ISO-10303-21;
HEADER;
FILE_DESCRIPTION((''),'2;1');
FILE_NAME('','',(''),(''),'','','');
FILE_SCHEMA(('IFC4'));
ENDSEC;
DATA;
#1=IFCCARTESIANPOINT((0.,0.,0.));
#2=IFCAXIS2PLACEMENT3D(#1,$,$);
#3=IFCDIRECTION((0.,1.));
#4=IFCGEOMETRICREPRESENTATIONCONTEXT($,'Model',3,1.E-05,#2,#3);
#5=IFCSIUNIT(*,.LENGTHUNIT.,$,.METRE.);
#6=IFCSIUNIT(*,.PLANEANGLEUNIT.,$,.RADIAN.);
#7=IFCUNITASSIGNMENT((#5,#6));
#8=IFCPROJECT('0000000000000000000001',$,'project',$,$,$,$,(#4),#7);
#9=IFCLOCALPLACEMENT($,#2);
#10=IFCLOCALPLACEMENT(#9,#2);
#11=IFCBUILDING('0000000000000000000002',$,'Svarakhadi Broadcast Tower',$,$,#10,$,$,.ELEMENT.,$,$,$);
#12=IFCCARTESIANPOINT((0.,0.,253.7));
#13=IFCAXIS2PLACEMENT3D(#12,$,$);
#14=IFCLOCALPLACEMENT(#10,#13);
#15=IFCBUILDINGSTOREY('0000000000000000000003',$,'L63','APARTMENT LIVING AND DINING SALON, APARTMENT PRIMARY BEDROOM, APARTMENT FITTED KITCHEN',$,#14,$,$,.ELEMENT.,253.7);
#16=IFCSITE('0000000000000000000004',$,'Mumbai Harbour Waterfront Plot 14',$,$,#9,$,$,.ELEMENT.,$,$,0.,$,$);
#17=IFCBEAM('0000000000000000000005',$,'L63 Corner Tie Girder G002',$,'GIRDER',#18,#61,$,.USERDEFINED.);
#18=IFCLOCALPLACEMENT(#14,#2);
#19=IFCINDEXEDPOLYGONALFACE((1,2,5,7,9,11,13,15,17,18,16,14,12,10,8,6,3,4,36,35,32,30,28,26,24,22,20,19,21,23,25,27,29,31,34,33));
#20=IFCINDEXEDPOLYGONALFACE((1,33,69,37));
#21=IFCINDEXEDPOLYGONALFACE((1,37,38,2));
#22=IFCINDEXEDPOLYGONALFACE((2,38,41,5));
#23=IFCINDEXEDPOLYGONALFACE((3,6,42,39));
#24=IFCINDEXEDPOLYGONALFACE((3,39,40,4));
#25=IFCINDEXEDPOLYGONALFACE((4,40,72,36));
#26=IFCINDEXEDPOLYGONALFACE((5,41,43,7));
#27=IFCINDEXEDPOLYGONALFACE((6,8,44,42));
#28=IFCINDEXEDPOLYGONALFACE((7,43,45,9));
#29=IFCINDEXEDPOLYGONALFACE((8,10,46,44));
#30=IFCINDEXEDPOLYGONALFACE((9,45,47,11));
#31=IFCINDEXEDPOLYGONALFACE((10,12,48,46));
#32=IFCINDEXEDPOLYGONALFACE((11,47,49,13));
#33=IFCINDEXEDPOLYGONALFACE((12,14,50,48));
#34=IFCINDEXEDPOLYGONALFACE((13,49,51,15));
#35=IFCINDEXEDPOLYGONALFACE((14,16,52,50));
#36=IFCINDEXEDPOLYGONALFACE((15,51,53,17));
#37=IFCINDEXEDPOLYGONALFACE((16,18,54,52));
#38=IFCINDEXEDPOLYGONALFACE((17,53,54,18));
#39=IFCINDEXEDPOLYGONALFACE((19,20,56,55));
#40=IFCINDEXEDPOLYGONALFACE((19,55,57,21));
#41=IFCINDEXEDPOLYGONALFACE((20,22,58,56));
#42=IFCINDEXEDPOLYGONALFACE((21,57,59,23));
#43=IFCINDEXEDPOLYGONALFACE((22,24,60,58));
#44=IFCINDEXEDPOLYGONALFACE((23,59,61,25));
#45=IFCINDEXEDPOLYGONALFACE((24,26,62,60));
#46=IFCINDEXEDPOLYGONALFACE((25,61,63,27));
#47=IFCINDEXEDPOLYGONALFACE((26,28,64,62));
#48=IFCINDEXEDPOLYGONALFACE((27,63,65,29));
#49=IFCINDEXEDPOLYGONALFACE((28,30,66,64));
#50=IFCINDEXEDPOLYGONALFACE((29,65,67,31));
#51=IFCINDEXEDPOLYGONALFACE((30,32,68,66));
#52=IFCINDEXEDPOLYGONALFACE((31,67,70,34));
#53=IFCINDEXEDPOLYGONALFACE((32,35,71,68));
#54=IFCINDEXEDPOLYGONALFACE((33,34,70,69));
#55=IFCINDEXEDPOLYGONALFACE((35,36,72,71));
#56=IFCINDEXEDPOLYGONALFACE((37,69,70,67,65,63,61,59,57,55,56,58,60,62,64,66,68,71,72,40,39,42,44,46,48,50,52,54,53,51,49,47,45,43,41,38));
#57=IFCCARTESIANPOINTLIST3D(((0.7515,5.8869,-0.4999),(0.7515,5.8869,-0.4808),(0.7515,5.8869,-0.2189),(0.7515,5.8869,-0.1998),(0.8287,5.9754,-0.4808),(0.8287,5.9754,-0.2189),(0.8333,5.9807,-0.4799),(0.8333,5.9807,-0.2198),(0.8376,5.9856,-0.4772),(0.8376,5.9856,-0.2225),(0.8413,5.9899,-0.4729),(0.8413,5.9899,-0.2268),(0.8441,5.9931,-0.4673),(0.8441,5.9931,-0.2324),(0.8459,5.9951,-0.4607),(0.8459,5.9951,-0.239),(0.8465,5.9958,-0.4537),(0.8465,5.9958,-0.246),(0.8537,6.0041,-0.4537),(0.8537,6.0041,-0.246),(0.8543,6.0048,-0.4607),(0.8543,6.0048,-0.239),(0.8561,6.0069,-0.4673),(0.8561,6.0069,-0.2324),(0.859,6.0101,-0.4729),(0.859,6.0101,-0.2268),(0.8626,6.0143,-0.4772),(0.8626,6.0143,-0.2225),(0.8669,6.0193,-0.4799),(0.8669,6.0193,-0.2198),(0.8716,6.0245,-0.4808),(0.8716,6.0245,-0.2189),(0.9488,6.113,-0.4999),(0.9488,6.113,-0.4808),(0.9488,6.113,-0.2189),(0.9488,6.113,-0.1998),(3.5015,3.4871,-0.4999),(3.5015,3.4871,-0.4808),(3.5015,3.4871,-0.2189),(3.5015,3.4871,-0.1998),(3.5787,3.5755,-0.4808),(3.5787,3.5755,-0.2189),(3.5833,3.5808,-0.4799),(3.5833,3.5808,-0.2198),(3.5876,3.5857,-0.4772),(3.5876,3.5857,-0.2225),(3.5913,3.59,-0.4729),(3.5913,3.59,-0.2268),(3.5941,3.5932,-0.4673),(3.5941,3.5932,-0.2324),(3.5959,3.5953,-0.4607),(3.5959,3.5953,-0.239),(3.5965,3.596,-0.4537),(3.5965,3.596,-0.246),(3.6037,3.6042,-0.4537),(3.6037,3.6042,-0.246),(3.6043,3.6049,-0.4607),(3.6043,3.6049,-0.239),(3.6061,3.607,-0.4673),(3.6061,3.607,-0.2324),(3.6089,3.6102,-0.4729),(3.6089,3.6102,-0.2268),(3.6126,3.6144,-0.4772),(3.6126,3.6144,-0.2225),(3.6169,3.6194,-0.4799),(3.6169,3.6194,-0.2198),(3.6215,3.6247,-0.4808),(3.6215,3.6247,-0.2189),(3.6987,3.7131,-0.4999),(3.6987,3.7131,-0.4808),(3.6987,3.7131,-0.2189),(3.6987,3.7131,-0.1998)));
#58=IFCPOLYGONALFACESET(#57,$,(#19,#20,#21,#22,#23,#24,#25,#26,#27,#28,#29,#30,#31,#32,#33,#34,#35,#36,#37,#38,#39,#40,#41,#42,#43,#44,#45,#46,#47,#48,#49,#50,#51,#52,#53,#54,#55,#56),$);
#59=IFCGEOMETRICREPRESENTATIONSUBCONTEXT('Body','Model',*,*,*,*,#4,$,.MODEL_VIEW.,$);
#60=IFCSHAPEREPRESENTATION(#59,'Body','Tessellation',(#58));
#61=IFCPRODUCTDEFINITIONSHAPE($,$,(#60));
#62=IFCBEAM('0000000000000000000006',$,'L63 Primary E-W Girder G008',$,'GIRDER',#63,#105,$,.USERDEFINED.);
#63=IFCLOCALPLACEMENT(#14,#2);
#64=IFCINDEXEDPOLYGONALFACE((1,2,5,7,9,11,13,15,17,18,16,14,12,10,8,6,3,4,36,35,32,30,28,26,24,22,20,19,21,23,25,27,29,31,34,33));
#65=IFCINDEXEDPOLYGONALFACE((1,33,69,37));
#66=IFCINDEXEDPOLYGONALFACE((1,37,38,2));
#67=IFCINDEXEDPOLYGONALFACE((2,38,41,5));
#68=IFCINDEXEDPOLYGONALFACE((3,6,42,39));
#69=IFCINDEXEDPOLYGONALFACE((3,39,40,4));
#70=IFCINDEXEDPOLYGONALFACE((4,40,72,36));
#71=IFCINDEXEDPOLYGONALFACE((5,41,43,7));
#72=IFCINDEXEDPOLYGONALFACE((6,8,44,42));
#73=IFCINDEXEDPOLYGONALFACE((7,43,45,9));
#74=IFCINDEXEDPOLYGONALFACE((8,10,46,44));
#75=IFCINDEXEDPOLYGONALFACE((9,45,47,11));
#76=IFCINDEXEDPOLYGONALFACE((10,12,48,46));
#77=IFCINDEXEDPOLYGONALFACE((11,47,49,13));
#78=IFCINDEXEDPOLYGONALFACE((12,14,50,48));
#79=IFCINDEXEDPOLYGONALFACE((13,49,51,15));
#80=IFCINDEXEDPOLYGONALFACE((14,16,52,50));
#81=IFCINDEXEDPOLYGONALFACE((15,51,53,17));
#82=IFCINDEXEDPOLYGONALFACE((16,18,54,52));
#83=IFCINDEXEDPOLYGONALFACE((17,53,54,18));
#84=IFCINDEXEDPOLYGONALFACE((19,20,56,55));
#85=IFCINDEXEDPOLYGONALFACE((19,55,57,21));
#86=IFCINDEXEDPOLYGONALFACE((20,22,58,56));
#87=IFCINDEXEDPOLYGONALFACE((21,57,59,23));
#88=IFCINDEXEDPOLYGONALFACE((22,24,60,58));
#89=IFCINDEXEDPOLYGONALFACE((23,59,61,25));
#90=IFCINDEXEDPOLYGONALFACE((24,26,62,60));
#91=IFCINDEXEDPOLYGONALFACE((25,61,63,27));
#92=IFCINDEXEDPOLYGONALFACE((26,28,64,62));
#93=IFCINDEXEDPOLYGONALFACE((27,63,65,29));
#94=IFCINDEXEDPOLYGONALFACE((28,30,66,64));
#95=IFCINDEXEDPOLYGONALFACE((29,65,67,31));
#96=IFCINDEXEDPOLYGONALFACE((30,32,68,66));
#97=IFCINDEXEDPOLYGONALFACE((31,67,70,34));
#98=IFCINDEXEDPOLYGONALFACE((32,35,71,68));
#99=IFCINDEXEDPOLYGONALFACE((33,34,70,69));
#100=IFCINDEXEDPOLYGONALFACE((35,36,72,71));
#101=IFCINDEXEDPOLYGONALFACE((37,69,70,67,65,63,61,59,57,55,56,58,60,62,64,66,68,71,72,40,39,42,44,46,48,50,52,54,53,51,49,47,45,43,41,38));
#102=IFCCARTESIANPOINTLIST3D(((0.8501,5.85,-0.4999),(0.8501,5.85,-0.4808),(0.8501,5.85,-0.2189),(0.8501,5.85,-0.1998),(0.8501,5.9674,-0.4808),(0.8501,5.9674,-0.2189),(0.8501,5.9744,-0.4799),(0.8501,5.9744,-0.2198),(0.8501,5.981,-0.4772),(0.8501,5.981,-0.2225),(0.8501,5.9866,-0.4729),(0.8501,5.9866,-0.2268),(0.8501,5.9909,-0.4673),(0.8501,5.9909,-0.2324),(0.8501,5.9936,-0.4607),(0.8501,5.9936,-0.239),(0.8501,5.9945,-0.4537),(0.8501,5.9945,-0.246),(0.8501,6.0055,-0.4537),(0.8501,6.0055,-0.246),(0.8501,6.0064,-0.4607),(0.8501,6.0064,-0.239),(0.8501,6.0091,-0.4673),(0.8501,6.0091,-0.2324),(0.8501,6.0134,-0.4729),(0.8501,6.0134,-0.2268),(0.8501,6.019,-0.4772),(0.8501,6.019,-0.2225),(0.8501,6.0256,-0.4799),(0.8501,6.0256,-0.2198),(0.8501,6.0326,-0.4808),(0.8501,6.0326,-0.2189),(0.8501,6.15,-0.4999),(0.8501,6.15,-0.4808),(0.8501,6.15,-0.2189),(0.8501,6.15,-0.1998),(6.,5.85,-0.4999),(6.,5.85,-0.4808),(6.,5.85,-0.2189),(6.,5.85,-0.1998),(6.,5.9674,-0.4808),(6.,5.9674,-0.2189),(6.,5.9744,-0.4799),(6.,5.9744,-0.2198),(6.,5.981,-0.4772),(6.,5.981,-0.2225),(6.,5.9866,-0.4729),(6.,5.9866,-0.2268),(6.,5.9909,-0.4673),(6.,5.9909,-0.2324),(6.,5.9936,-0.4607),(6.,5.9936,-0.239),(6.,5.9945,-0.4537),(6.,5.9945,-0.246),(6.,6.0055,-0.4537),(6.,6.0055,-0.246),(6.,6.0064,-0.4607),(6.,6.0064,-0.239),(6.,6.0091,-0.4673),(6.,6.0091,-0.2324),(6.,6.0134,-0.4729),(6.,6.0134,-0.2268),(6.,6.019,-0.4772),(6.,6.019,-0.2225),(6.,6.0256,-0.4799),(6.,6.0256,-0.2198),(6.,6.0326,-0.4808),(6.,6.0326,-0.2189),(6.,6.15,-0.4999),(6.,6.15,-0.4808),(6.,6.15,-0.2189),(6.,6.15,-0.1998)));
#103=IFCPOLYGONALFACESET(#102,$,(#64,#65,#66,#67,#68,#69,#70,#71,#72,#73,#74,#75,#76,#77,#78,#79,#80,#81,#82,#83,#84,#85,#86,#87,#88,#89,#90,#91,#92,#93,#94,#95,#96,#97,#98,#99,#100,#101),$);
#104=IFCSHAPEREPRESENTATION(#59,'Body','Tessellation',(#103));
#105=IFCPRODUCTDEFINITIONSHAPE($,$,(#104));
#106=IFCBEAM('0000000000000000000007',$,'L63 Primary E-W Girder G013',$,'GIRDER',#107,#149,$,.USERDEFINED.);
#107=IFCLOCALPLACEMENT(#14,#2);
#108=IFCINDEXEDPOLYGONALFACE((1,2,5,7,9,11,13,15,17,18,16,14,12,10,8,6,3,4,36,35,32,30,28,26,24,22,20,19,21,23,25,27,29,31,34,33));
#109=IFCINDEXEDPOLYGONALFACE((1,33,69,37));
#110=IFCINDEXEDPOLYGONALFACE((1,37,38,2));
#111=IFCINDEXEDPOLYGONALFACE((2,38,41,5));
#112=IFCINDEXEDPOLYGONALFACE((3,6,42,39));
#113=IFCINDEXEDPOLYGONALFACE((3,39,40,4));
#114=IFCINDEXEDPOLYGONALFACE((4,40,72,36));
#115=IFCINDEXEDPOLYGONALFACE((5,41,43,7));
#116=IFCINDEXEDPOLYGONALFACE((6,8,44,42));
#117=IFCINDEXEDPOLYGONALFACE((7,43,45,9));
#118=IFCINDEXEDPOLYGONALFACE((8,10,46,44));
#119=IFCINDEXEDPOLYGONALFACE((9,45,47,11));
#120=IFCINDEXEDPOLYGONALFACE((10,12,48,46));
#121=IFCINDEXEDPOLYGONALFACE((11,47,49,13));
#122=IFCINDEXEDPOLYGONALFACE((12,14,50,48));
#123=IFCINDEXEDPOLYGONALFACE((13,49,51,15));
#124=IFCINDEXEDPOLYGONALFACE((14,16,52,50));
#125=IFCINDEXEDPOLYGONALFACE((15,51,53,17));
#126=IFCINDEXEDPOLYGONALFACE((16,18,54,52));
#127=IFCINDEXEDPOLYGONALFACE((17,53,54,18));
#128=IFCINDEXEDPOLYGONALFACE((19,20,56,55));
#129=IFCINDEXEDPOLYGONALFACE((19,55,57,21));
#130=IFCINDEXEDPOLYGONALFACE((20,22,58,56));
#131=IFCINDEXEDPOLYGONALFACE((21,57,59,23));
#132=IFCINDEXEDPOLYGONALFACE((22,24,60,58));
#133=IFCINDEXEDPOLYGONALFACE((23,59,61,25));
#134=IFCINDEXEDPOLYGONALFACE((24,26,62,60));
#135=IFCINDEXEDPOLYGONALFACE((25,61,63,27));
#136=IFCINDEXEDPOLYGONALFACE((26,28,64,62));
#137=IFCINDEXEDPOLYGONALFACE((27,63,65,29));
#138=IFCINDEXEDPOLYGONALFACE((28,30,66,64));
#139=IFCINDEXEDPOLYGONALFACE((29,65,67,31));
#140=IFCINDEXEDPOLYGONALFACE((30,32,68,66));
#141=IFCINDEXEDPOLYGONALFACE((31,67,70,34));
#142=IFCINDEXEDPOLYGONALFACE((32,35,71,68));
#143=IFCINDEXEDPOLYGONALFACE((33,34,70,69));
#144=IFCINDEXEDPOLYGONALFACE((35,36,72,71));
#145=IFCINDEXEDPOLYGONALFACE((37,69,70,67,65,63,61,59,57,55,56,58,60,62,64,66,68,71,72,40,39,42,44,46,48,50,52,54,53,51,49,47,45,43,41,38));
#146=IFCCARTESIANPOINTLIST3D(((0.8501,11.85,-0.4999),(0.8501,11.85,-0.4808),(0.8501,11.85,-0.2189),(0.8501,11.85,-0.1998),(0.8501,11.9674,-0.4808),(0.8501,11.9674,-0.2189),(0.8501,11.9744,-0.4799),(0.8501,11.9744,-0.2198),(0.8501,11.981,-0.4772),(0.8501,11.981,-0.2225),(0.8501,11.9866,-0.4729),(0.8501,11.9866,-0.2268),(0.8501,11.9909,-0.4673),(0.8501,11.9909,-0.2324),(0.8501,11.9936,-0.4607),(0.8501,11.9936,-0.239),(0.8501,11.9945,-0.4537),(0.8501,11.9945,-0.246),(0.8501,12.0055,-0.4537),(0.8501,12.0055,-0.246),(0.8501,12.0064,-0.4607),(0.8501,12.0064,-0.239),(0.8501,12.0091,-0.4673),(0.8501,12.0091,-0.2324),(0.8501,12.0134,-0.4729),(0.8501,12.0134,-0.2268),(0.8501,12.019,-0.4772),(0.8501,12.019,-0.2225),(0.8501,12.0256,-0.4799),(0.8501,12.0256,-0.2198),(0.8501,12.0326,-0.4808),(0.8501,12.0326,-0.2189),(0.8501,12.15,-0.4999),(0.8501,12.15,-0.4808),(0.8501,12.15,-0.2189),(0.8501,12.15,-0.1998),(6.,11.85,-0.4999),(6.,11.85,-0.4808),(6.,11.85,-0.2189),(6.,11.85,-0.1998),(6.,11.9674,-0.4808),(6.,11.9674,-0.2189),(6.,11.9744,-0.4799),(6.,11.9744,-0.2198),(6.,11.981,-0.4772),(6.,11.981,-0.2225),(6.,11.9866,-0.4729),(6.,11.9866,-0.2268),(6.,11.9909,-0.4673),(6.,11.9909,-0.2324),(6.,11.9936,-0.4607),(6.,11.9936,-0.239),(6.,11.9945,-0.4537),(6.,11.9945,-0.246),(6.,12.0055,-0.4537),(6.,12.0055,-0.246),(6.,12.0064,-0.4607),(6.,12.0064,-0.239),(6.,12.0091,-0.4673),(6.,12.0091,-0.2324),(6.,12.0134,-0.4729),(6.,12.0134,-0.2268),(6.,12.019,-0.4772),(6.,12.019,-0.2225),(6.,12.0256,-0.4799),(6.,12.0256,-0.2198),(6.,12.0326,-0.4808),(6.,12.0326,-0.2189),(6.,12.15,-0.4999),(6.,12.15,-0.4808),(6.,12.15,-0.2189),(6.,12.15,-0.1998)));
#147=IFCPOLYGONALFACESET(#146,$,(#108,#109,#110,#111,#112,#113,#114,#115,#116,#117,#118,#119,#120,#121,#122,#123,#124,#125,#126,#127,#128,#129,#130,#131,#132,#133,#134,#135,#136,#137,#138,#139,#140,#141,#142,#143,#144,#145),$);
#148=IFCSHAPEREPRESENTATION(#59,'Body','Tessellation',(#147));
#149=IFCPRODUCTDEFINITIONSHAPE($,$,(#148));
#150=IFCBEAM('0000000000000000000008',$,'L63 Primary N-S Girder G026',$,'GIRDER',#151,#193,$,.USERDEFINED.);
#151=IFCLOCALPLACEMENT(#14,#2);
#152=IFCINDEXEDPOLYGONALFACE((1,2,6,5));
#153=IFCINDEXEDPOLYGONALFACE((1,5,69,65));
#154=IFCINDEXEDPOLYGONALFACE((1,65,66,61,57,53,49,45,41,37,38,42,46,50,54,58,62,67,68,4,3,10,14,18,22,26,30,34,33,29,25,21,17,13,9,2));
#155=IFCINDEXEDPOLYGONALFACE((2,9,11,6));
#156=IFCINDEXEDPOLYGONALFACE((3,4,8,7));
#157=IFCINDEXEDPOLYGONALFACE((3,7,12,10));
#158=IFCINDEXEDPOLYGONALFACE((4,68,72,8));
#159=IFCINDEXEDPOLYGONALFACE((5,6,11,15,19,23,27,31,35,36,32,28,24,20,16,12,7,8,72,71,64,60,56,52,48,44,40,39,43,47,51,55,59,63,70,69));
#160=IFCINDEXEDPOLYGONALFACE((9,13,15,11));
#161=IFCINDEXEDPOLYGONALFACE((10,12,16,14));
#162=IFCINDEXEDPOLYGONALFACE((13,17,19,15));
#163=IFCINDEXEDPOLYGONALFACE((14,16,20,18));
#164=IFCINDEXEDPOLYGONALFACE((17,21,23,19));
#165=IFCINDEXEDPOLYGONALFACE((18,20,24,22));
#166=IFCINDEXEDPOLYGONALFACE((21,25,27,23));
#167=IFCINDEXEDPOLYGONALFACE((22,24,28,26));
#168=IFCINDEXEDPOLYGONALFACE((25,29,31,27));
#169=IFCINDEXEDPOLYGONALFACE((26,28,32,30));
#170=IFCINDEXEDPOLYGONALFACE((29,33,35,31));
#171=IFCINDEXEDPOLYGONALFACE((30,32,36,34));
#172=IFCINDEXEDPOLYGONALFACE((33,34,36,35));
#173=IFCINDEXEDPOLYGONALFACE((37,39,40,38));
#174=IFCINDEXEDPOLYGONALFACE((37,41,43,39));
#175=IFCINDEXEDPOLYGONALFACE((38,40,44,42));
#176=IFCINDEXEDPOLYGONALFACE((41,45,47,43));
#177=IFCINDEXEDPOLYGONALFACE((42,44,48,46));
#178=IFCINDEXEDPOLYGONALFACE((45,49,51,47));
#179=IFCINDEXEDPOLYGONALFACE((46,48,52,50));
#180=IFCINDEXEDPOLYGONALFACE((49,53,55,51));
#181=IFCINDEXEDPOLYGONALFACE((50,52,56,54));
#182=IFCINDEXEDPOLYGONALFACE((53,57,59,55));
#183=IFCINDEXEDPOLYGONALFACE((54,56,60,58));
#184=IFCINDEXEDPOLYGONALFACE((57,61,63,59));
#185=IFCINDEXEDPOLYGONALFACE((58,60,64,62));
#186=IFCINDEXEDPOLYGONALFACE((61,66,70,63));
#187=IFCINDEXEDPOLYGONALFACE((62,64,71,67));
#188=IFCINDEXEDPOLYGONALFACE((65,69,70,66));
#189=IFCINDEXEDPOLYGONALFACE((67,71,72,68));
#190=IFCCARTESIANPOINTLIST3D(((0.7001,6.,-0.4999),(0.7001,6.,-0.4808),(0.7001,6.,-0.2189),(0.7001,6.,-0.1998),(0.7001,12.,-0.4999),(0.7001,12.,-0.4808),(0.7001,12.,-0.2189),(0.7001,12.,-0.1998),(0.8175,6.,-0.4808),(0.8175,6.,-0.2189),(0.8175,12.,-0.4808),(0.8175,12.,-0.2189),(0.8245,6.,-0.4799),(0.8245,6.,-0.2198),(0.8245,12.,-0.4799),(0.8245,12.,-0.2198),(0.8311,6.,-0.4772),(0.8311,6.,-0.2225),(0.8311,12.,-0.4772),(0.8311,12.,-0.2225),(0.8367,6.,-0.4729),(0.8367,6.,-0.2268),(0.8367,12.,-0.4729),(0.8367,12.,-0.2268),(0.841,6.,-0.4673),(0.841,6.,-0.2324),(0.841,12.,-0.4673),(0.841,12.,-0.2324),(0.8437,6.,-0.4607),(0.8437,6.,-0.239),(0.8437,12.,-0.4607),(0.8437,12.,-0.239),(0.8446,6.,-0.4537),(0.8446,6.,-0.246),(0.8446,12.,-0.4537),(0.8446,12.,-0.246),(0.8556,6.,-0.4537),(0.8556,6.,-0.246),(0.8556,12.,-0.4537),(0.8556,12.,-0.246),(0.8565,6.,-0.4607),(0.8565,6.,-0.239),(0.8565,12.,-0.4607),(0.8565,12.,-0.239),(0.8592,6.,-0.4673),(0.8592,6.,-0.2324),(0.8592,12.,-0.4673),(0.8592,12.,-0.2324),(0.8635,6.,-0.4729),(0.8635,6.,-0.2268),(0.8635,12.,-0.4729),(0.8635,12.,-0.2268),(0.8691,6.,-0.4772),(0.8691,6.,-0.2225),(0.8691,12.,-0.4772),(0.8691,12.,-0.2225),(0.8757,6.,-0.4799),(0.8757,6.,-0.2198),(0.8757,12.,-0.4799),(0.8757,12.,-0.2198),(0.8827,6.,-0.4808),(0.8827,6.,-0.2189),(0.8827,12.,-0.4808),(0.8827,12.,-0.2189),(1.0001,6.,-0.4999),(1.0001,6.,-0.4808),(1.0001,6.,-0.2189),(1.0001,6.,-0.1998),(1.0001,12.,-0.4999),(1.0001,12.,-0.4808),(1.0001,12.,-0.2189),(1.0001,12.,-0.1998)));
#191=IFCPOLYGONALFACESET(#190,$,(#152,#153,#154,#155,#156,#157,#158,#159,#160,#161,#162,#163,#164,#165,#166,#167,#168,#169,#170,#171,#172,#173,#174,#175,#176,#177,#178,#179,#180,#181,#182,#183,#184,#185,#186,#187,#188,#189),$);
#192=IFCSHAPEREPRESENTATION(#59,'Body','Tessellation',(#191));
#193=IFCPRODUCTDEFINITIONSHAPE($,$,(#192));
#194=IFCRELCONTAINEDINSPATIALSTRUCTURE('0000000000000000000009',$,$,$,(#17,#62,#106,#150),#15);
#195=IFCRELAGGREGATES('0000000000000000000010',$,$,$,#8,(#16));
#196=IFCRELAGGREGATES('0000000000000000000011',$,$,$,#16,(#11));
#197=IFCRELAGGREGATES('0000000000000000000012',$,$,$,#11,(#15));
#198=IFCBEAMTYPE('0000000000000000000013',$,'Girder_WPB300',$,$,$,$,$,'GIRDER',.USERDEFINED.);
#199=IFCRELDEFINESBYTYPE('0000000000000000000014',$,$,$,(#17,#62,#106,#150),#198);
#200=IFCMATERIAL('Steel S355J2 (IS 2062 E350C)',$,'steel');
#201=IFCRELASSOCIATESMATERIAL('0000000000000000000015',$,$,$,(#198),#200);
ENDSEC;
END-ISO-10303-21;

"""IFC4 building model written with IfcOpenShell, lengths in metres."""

from ifc_helpers import new_model, si_unit, direction, frame, origin, origin_2d, place, context, subcontext, project, spatial, i_section, extrude, material, material_profile, profile_set, type_object, element, save


model = new_model("IFC4")

# Units and contexts
model_context = context("Model", 3, precision=1e-05, world=origin(), true_north=direction((0.0, 1.0)))
body_context = subcontext(model_context, "Body", "Model", "MODEL_VIEW")
ifc_project = project(units=[si_unit("LENGTHUNIT", "METRE"), si_unit("PLANEANGLEUNIT", "RADIAN")], contexts=[model_context])

# Site, building, storey
site_placement = place(None, origin())
site = spatial("IfcSite", under=ifc_project, at=site_placement, Name="Mumbai Harbour Waterfront Plot 14", CompositionType="ELEMENT", RefElevation=0.0)
building_placement = place(site_placement, origin())
building = spatial("IfcBuilding", under=site, at=building_placement, Name="Svarakhadi Broadcast Tower", CompositionType="ELEMENT")
storey_placement = place(building_placement, frame((0.0, 0.0, 253.7)))
storey = spatial("IfcBuildingStorey", under=building, at=storey_placement, Name="L63", Description="APARTMENT LIVING AND DINING SALON, APARTMENT PRIMARY BEDROOM, APARTMENT FITTED KITCHEN", CompositionType="ELEMENT", Elevation=253.7)

# Shared definitions
ifc_material_1 = material(Name="Steel S355J2 (IS 2062 E350C)", Category="steel")

# Beams
ifc_material_profile_1 = material_profile(ifc_material_1, i_section(OverallWidth=0.3, OverallDepth=0.3, WebThickness=0.011, FlangeThickness=0.019, FilletRadius=0.0271, at=origin_2d()), Name="WPB 300x300x117")
ifc_profile_set_1 = profile_set([ifc_material_profile_1], Name="Steel S355J2 (IS 2062 E350C)")
beam_type_1 = type_object("IfcBeamType", Name="Girder_WPB300", ElementType="GIRDER", PredefinedType="USERDEFINED", material=ifc_profile_set_1)
beam_1_placement = place(storey_placement, frame((3.6001, 3.6001, -0.3499), z_axis=(-0.753438, 0.657519, 0.0), x_axis=(-0.657519, -0.753438, 0.0)))
element("IfcBeam", 1, at=beam_1_placement, inside=storey, type_object=beam_type_1, Name="L63 Corner Tie Girder G002", ObjectType="GIRDER", PredefinedType="USERDEFINED", context=body_context, shape_type="SweptSolid", body=[
    extrude(i_section(OverallWidth=0.3, OverallDepth=0.3, WebThickness=0.011, FlangeThickness=0.019, FilletRadius=0.0271, at=origin_2d()), origin(), (0.0, 0.0, 1.0), 3.6499),
])
for number, where, z_axis, x_axis, name in (
    (2, (0.8501, 6.0, -0.3499), (1.0, 0.0, 0.0), (0.0, 1.0, 0.0), "L63 Primary E-W Girder G008"),
    (3, (0.8501, 12.0, -0.3499), (1.0, 0.0, 0.0), (0.0, 1.0, 0.0), "L63 Primary E-W Girder G013"),
):
    element("IfcBeam", number, at=place(storey_placement, frame(where, z_axis=z_axis, x_axis=x_axis)), inside=storey, type_object=beam_type_1, Name=name, ObjectType="GIRDER", PredefinedType="USERDEFINED", context=body_context, shape_type="SweptSolid", body=[
        extrude(i_section(OverallWidth=0.3, OverallDepth=0.3, WebThickness=0.011, FlangeThickness=0.019, FilletRadius=0.0271, at=origin_2d()), origin(), (0.0, 0.0, 1.0), 5.1499),
    ])
for number, where, z_axis, x_axis, name in (
    (4, (0.8501, 6.0, -0.3499), (0.0, 1.0, 0.0), (-1.0, 0.0, 0.0), "L63 Primary N-S Girder G026"),
):
    element("IfcBeam", number, at=place(storey_placement, frame(where, z_axis=z_axis, x_axis=x_axis)), inside=storey, type_object=beam_type_1, Name=name, ObjectType="GIRDER", PredefinedType="USERDEFINED", context=body_context, shape_type="SweptSolid", body=[
        extrude(i_section(OverallWidth=0.3, OverallDepth=0.3, WebThickness=0.011, FlangeThickness=0.019, FilletRadius=0.0271, at=origin_2d()), origin(), (0.0, 0.0, 1.0), 6.0),
    ])

save(model, "model.ifc")
